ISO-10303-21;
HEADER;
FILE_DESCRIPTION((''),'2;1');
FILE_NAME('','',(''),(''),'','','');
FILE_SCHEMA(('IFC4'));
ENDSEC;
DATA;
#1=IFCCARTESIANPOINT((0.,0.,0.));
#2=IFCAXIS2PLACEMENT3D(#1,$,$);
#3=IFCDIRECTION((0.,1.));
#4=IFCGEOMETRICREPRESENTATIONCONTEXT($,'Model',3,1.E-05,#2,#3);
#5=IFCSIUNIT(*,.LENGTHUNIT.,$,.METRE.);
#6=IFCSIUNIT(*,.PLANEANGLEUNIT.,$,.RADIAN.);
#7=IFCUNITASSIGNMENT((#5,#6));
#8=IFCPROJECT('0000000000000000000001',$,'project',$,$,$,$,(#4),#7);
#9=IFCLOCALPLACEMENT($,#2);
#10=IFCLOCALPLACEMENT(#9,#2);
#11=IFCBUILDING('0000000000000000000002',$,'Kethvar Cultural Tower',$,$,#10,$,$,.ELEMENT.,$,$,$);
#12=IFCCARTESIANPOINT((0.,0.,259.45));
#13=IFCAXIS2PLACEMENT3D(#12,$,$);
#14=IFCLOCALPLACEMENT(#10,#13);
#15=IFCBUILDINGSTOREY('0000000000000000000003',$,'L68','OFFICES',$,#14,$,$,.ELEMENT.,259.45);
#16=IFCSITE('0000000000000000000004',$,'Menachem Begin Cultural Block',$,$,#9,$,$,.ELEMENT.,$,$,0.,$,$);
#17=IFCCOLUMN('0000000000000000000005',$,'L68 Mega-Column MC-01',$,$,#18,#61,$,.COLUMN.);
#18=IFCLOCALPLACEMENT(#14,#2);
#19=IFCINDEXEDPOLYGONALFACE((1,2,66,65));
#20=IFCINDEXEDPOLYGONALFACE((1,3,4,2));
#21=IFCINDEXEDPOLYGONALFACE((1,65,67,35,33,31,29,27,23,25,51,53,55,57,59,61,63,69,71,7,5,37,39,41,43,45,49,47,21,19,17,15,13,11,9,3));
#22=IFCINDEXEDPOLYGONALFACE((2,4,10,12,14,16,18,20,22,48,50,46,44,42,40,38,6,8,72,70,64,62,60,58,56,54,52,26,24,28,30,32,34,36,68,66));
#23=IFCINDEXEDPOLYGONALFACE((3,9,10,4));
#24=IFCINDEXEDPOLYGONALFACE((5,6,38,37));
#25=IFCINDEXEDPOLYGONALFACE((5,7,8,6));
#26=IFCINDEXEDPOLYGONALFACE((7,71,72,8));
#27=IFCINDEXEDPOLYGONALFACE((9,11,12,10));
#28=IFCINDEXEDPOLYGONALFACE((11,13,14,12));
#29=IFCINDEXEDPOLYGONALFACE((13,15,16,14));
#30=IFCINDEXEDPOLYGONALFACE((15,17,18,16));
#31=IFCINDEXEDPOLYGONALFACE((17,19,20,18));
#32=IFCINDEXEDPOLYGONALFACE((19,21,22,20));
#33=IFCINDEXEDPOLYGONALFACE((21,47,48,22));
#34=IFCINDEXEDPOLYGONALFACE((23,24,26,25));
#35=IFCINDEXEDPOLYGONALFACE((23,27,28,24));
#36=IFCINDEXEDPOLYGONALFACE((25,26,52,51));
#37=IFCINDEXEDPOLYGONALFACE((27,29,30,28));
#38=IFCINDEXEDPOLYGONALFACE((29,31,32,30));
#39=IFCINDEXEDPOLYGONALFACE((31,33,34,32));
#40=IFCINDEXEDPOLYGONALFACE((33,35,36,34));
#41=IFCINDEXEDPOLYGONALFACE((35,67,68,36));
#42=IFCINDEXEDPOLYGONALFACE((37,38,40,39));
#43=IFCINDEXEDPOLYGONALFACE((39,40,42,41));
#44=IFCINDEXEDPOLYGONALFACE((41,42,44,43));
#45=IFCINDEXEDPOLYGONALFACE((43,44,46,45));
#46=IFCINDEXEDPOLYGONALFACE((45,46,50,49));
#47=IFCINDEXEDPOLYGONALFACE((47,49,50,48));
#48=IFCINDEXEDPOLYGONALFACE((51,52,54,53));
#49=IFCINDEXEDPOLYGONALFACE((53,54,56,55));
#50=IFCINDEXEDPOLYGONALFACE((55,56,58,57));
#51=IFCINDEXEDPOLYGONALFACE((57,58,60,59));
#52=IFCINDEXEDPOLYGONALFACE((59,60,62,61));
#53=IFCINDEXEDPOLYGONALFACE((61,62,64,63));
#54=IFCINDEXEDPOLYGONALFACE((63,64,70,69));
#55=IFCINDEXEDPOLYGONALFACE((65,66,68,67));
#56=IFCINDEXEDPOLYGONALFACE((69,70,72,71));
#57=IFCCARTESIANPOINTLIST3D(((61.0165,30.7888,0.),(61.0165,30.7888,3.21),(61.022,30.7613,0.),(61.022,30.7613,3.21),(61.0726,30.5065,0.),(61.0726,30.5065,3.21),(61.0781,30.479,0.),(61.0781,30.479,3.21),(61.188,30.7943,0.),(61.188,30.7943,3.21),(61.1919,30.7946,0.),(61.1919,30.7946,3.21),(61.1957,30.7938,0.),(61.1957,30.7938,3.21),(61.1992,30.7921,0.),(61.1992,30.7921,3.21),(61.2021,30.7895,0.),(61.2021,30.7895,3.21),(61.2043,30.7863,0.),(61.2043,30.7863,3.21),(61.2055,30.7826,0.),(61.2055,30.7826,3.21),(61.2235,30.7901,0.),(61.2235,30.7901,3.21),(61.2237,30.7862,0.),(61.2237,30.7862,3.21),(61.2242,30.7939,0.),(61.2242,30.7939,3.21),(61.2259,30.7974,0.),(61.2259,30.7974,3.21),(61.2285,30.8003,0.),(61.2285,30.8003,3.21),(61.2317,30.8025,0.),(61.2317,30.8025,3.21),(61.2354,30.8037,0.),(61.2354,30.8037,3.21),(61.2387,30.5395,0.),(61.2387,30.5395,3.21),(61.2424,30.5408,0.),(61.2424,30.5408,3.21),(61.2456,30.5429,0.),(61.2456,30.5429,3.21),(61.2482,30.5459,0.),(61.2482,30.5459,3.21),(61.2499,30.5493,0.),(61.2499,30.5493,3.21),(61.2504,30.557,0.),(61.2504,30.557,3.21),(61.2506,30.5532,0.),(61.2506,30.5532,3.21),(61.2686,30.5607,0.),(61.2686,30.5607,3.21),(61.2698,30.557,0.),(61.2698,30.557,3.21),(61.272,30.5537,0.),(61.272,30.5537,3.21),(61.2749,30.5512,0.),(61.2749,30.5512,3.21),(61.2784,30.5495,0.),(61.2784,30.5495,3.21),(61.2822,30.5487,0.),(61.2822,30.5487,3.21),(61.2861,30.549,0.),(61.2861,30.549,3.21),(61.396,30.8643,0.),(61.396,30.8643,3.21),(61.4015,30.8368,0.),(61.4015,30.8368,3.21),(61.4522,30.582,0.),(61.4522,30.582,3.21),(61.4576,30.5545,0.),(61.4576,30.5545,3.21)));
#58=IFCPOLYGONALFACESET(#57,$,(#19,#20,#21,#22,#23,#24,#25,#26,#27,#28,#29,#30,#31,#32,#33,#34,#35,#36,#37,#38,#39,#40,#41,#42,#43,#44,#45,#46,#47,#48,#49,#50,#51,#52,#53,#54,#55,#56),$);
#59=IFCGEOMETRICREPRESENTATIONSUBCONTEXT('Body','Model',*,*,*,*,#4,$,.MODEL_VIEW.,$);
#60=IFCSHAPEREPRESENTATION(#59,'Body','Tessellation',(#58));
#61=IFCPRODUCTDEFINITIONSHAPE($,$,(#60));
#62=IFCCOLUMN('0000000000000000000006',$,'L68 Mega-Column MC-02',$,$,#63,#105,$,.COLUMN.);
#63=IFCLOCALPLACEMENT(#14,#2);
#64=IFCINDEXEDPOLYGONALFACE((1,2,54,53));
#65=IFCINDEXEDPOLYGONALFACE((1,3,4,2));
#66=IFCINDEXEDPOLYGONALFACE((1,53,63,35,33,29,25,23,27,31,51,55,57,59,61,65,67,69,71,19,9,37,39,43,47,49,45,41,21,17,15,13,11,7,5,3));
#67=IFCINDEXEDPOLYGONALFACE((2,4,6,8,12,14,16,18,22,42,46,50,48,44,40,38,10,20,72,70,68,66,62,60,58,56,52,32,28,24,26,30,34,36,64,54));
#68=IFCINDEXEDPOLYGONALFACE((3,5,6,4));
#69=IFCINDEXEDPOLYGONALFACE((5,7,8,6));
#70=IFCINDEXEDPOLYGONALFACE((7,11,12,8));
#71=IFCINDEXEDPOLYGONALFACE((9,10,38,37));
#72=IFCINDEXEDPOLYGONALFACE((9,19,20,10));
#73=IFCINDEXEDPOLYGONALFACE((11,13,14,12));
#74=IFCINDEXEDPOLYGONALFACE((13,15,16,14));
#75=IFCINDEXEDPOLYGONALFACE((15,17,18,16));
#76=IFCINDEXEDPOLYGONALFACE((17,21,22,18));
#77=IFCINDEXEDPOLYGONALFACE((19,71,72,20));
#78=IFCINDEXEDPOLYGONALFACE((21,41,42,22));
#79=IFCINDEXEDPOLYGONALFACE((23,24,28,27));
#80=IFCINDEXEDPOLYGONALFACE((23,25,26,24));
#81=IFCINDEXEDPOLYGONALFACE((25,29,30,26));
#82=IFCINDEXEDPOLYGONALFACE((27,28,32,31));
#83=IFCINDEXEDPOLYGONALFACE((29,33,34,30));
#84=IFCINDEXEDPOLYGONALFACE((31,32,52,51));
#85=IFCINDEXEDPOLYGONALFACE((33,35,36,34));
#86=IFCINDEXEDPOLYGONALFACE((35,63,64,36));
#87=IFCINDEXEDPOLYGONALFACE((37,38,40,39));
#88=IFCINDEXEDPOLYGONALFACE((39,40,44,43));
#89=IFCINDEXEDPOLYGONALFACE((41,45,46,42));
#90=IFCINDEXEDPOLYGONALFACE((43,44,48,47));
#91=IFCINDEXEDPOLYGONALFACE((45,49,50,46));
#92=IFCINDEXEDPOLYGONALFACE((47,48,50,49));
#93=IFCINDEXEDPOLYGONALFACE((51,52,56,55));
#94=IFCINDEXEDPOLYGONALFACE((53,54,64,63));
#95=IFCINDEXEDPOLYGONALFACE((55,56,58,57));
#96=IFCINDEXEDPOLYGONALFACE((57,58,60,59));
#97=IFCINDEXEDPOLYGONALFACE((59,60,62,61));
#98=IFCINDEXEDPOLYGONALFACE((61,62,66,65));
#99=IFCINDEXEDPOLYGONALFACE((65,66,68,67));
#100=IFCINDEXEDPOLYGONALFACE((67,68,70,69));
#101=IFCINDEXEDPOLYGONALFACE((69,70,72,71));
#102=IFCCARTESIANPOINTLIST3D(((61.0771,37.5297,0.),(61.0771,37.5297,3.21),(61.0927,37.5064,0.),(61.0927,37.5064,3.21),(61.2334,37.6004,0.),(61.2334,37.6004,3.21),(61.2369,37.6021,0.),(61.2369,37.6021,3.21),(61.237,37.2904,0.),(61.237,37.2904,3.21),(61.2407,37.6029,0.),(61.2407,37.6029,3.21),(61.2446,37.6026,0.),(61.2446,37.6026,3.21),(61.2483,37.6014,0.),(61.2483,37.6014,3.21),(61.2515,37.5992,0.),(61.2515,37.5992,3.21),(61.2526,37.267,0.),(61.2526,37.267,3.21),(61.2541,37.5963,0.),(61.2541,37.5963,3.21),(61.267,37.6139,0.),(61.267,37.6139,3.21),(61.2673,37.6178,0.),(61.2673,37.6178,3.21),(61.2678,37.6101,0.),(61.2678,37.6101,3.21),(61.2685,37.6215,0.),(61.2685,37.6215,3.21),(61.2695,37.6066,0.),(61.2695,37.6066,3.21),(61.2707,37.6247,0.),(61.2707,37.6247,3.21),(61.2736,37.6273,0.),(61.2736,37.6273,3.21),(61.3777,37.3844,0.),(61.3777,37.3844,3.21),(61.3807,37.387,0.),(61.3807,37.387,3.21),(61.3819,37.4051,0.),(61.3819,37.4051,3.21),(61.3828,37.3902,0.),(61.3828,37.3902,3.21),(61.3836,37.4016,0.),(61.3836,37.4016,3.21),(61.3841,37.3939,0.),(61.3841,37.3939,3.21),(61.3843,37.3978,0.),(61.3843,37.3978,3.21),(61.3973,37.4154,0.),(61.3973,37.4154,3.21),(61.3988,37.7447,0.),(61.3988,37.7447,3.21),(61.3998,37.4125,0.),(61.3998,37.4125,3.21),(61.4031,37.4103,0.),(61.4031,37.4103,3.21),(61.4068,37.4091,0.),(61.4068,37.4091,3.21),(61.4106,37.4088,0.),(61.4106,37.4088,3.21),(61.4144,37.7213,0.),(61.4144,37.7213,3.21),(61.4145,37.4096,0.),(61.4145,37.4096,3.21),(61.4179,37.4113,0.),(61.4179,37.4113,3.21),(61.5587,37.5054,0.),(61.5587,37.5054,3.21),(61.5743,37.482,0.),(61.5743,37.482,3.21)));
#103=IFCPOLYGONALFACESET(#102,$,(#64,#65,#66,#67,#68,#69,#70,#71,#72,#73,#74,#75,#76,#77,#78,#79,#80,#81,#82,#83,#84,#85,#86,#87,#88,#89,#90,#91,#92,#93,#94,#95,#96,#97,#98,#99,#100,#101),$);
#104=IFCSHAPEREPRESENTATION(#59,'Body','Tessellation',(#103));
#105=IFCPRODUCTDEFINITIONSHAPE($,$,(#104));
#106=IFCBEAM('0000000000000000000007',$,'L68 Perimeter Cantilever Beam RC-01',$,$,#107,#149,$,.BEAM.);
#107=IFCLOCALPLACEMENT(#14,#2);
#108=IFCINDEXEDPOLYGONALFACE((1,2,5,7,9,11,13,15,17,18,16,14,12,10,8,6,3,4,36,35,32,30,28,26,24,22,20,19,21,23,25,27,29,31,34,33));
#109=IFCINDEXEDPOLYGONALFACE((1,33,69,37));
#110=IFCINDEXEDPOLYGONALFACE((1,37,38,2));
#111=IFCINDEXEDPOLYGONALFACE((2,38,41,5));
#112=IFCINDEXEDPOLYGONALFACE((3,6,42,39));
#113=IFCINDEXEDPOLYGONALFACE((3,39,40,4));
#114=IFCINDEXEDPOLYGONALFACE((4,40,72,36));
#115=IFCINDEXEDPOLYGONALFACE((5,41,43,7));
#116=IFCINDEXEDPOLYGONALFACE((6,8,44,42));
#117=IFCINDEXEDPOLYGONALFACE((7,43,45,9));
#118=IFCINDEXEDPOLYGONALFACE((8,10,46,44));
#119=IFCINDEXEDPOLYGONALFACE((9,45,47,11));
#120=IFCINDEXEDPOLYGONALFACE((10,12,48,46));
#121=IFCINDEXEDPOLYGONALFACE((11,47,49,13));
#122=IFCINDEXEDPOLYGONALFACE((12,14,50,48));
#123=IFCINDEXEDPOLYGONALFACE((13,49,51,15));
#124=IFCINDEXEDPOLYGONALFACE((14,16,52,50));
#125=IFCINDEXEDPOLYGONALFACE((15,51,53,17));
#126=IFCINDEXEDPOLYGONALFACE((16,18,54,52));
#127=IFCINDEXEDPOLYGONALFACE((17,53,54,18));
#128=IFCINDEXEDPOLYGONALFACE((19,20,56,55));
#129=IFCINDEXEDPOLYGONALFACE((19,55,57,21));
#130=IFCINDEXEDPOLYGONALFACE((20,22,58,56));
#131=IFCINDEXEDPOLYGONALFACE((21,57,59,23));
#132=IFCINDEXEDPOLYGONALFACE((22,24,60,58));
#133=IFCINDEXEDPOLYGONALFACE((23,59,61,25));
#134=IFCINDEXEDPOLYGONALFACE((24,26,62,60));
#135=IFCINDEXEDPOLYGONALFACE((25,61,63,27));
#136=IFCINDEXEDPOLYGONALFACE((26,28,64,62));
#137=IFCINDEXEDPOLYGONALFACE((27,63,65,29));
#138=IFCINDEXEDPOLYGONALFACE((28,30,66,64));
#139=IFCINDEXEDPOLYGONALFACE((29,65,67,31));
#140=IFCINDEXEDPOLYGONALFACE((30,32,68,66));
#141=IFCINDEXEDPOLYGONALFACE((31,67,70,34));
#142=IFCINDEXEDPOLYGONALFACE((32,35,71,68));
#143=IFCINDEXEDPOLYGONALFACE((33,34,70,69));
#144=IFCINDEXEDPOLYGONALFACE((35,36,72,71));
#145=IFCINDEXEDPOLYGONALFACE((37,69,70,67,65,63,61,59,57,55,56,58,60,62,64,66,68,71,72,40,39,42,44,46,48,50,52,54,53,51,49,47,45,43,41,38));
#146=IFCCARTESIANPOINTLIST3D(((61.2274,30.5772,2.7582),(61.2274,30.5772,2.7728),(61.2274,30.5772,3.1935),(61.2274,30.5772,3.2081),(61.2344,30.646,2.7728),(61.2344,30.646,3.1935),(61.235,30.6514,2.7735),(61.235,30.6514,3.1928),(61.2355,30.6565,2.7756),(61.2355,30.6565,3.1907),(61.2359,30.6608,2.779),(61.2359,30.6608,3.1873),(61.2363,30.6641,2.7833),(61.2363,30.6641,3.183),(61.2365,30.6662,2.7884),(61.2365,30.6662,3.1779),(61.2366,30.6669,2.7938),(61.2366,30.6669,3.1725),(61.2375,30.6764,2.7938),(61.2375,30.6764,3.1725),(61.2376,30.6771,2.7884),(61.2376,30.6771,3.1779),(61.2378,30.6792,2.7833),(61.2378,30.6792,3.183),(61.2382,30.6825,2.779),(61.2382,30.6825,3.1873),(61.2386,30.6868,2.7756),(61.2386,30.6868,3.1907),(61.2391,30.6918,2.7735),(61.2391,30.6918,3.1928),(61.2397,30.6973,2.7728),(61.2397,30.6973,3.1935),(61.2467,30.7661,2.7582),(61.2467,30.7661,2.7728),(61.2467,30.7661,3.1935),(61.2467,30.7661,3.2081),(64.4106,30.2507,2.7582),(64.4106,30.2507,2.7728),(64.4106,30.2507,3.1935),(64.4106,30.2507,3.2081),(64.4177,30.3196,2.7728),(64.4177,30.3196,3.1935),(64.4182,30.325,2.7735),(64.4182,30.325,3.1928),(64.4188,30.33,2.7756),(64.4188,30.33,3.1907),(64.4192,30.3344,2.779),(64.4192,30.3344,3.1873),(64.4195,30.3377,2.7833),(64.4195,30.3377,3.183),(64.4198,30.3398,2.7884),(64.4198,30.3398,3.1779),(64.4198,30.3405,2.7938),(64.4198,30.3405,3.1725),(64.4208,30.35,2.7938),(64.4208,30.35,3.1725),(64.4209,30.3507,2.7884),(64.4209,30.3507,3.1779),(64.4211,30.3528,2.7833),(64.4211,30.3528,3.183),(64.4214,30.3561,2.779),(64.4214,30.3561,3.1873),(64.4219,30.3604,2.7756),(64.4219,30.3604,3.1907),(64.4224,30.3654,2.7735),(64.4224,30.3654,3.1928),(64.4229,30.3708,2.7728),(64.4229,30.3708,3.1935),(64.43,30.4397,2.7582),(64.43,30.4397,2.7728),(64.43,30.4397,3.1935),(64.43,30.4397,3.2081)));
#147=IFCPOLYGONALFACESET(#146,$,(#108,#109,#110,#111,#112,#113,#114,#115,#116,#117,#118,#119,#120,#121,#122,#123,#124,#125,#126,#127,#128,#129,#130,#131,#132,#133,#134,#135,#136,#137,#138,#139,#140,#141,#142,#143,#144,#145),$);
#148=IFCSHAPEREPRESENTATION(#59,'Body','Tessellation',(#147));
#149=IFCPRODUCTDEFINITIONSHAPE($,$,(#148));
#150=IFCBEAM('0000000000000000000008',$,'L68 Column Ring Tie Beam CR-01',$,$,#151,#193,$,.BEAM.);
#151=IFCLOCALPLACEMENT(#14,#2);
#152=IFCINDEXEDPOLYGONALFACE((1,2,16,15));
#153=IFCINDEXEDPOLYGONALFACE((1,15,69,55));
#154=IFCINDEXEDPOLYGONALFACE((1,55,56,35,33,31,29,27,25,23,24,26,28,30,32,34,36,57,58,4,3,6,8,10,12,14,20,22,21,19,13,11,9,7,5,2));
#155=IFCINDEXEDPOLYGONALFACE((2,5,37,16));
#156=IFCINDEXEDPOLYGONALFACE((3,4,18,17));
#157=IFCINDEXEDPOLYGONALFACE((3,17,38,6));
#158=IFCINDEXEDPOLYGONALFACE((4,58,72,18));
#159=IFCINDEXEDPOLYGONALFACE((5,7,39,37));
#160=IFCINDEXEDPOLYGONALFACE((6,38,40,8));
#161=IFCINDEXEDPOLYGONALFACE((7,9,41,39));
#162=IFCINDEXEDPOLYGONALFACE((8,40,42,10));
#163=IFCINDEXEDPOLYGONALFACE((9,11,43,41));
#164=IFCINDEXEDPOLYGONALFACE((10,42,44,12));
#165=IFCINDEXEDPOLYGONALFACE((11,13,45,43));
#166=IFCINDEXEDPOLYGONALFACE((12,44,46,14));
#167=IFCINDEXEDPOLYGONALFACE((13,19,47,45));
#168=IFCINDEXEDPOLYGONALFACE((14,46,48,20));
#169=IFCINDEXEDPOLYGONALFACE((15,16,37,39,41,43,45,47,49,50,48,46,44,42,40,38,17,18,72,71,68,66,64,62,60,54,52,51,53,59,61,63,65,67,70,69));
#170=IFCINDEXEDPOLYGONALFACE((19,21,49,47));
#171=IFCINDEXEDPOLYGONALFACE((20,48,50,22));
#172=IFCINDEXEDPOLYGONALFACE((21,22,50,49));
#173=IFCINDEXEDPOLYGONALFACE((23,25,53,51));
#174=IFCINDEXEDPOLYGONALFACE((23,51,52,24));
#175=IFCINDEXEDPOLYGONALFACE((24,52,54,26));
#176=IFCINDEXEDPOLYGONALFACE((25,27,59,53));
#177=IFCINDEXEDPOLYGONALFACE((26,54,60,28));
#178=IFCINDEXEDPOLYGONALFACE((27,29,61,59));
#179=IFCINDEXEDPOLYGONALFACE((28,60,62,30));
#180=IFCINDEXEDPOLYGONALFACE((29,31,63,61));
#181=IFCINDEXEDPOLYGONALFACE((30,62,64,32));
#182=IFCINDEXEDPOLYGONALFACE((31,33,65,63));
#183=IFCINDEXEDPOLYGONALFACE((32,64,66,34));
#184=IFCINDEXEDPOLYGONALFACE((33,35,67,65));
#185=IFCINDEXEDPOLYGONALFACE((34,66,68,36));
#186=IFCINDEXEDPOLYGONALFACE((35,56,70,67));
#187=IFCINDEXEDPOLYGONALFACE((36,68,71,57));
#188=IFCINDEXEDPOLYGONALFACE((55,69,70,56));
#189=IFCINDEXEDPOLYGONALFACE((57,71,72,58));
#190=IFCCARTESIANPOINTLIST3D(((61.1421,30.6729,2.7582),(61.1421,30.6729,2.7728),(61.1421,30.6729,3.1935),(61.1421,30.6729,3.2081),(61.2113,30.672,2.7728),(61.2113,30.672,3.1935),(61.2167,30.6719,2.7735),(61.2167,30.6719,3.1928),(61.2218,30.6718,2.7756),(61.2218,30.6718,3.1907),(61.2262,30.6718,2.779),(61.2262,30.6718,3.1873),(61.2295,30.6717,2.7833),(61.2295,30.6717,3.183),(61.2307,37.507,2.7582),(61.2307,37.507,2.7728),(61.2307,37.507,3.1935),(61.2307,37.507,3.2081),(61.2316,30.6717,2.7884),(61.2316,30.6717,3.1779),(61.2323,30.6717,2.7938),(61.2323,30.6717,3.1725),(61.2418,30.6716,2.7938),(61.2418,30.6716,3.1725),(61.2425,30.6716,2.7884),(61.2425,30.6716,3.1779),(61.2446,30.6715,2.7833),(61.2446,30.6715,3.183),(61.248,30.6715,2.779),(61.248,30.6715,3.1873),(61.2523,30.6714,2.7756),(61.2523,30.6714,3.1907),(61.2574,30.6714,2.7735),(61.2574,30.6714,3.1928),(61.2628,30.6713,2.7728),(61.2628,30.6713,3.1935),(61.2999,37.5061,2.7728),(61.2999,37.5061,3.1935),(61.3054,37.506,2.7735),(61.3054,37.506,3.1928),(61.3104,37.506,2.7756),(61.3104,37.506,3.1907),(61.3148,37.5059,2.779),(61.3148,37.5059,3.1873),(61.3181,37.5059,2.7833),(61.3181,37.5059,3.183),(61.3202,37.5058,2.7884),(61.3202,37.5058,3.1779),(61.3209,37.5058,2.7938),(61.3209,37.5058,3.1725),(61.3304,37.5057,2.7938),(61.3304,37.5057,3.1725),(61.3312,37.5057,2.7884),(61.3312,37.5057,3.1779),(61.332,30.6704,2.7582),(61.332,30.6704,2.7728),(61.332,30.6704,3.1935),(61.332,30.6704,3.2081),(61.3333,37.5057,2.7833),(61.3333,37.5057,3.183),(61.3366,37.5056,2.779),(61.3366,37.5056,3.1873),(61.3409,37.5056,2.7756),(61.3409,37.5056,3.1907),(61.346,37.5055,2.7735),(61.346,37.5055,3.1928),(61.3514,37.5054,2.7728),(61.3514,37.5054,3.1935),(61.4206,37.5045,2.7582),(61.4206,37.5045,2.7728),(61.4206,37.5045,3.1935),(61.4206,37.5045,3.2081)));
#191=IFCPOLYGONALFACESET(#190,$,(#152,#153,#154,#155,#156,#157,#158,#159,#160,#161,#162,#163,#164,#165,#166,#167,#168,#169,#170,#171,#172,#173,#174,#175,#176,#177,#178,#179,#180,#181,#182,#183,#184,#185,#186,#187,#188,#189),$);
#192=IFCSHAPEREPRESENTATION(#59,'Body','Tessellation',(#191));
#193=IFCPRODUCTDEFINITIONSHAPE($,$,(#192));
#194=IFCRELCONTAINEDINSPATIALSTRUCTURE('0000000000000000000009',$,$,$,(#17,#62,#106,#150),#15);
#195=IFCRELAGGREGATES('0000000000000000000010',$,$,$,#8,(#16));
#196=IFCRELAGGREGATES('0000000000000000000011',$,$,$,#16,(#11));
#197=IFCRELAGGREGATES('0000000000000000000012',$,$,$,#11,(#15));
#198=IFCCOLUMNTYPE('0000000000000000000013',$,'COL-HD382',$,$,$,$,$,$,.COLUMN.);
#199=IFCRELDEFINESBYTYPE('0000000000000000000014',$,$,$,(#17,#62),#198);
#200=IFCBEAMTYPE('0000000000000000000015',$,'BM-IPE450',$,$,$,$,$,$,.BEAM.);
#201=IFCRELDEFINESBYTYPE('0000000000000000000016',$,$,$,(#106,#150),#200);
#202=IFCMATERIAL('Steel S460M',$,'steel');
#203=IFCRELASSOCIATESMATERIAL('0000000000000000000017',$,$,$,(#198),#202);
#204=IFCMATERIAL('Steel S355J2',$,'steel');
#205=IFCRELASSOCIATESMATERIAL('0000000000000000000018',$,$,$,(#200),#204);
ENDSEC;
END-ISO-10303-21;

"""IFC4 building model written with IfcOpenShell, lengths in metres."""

from ifc_helpers import new_model, si_unit, direction, frame, origin, origin_2d, place, context, subcontext, project, spatial, i_section, extrude, source, transform, mapped, material, material_profile, profile_set, type_object, element, save


model = new_model("IFC4")

# Units and contexts
model_context = context("Model", 3, precision=1e-05, world=origin(), true_north=direction((0.0, 1.0)))
body_context = subcontext(model_context, "Body", "Model", "MODEL_VIEW")
ifc_project = project(units=[si_unit("LENGTHUNIT", "METRE"), si_unit("PLANEANGLEUNIT", "RADIAN")], contexts=[model_context])

# Site, building, storey
site_placement = place(None, origin())
site = spatial("IfcSite", under=ifc_project, at=site_placement, Name="Menachem Begin Cultural Block", CompositionType="ELEMENT", RefElevation=0.0)
building_placement = place(site_placement, origin())
building = spatial("IfcBuilding", under=site, at=building_placement, Name="Kethvar Cultural Tower", CompositionType="ELEMENT")
storey_placement = place(building_placement, frame((0.0, 0.0, 259.45)))
storey = spatial("IfcBuildingStorey", under=building, at=storey_placement, Name="L68", Description="OFFICES", CompositionType="ELEMENT", Elevation=259.45)

# Columns
ifc_material_1 = material(Name="Steel S460M", Category="steel")
ifc_material_profile_1 = material_profile(ifc_material_1, i_section(OverallWidth=0.387, OverallDepth=0.3159, WebThickness=0.0186, FlangeThickness=0.0281, FilletRadius=0.0149, at=origin_2d()), Name="Steel S460M — HD400x382")
ifc_profile_set_1 = profile_set([ifc_material_profile_1], Name="Steel S460M — HD400x382")
column_type = type_object("IfcColumnType", Name="COL-HD382", PredefinedType="COLUMN", material=ifc_profile_set_1)
shared_shape_1 = source(origin(), body_context, "Body", "SweptSolid", [
    extrude(i_section(OverallWidth=0.387, OverallDepth=0.3159, WebThickness=0.0186, FlangeThickness=0.0281, FilletRadius=0.0149, at=origin_2d()), origin(), (0.0, 0.0, 1.0), 3.21),
])
for number, where, z_axis, x_axis, name in (
    (1, (61.2371, 30.6716, 0.0), (0.0, 0.0, 1.0), (0.980785, 0.19509, 0.0), "L68 Mega-Column MC-01"),
    (2, (61.3257, 37.5059, 0.0), (0.0, 0.0, 1.0), (0.83147, 0.55557, 0.0), "L68 Mega-Column MC-02"),
):
    element("IfcColumn", number, at=place(storey_placement, frame(where, z_axis=z_axis, x_axis=x_axis)), inside=storey, type_object=column_type, Name=name, PredefinedType="COLUMN", context=body_context, shape_type="MappedRepresentation", body=[
        mapped(shared_shape_1, transform((0.0, 0.0, 0.0), scale=1.0)),
    ])

# Beams
ifc_material_2 = material(Name="Steel S355J2", Category="steel")
ifc_material_profile_2 = material_profile(ifc_material_2, i_section(OverallWidth=0.1899, OverallDepth=0.45, WebThickness=0.0095, FlangeThickness=0.0146, FilletRadius=0.021, at=origin_2d()), Name="Steel S355J2 — IPE450")
ifc_profile_set_2 = profile_set([ifc_material_profile_2], Name="Steel S355J2 — IPE450")
beam_type_1 = type_object("IfcBeamType", Name="BM-IPE450", PredefinedType="BEAM", material=ifc_profile_set_2)
shared_shape_2 = source(origin(), body_context, "Body", "SweptSolid", [
    extrude(i_section(OverallWidth=0.1899, OverallDepth=0.45, WebThickness=0.0095, FlangeThickness=0.0146, FilletRadius=0.021, at=origin_2d()), origin(), (0.0, 0.0, 1.0), 3.2),
])
beam_1_placement = place(storey_placement, frame((61.2371, 30.6716, 2.9832), z_axis=(0.994784, -0.102004, 0.0), x_axis=(0.102004, 0.994784, 0.0)))
element("IfcBeam", 3, at=beam_1_placement, inside=storey, type_object=beam_type_1, Name="L68 Perimeter Cantilever Beam RC-01", PredefinedType="BEAM", context=body_context, shape_type="MappedRepresentation", body=[
    mapped(shared_shape_2, transform((0.0, 0.0, 0.0), scale=1.0)),
])
shared_shape_3 = source(origin(), body_context, "Body", "SweptSolid", [
    extrude(i_section(OverallWidth=0.1899, OverallDepth=0.45, WebThickness=0.0095, FlangeThickness=0.0146, FilletRadius=0.021, at=origin_2d()), origin(), (0.0, 0.0, 1.0), 6.8347),
])
beam_2_placement = place(storey_placement, frame((61.2371, 30.6716, 2.9832), z_axis=(0.012966, 0.999916, 0.0), x_axis=(-0.999916, 0.012966, 0.0)))
element("IfcBeam", 4, at=beam_2_placement, inside=storey, type_object=beam_type_1, Name="L68 Column Ring Tie Beam CR-01", PredefinedType="BEAM", context=body_context, shape_type="MappedRepresentation", body=[
    mapped(shared_shape_3, transform((0.0, 0.0, 0.0), scale=1.0)),
])

save(model, "model.ifc")
